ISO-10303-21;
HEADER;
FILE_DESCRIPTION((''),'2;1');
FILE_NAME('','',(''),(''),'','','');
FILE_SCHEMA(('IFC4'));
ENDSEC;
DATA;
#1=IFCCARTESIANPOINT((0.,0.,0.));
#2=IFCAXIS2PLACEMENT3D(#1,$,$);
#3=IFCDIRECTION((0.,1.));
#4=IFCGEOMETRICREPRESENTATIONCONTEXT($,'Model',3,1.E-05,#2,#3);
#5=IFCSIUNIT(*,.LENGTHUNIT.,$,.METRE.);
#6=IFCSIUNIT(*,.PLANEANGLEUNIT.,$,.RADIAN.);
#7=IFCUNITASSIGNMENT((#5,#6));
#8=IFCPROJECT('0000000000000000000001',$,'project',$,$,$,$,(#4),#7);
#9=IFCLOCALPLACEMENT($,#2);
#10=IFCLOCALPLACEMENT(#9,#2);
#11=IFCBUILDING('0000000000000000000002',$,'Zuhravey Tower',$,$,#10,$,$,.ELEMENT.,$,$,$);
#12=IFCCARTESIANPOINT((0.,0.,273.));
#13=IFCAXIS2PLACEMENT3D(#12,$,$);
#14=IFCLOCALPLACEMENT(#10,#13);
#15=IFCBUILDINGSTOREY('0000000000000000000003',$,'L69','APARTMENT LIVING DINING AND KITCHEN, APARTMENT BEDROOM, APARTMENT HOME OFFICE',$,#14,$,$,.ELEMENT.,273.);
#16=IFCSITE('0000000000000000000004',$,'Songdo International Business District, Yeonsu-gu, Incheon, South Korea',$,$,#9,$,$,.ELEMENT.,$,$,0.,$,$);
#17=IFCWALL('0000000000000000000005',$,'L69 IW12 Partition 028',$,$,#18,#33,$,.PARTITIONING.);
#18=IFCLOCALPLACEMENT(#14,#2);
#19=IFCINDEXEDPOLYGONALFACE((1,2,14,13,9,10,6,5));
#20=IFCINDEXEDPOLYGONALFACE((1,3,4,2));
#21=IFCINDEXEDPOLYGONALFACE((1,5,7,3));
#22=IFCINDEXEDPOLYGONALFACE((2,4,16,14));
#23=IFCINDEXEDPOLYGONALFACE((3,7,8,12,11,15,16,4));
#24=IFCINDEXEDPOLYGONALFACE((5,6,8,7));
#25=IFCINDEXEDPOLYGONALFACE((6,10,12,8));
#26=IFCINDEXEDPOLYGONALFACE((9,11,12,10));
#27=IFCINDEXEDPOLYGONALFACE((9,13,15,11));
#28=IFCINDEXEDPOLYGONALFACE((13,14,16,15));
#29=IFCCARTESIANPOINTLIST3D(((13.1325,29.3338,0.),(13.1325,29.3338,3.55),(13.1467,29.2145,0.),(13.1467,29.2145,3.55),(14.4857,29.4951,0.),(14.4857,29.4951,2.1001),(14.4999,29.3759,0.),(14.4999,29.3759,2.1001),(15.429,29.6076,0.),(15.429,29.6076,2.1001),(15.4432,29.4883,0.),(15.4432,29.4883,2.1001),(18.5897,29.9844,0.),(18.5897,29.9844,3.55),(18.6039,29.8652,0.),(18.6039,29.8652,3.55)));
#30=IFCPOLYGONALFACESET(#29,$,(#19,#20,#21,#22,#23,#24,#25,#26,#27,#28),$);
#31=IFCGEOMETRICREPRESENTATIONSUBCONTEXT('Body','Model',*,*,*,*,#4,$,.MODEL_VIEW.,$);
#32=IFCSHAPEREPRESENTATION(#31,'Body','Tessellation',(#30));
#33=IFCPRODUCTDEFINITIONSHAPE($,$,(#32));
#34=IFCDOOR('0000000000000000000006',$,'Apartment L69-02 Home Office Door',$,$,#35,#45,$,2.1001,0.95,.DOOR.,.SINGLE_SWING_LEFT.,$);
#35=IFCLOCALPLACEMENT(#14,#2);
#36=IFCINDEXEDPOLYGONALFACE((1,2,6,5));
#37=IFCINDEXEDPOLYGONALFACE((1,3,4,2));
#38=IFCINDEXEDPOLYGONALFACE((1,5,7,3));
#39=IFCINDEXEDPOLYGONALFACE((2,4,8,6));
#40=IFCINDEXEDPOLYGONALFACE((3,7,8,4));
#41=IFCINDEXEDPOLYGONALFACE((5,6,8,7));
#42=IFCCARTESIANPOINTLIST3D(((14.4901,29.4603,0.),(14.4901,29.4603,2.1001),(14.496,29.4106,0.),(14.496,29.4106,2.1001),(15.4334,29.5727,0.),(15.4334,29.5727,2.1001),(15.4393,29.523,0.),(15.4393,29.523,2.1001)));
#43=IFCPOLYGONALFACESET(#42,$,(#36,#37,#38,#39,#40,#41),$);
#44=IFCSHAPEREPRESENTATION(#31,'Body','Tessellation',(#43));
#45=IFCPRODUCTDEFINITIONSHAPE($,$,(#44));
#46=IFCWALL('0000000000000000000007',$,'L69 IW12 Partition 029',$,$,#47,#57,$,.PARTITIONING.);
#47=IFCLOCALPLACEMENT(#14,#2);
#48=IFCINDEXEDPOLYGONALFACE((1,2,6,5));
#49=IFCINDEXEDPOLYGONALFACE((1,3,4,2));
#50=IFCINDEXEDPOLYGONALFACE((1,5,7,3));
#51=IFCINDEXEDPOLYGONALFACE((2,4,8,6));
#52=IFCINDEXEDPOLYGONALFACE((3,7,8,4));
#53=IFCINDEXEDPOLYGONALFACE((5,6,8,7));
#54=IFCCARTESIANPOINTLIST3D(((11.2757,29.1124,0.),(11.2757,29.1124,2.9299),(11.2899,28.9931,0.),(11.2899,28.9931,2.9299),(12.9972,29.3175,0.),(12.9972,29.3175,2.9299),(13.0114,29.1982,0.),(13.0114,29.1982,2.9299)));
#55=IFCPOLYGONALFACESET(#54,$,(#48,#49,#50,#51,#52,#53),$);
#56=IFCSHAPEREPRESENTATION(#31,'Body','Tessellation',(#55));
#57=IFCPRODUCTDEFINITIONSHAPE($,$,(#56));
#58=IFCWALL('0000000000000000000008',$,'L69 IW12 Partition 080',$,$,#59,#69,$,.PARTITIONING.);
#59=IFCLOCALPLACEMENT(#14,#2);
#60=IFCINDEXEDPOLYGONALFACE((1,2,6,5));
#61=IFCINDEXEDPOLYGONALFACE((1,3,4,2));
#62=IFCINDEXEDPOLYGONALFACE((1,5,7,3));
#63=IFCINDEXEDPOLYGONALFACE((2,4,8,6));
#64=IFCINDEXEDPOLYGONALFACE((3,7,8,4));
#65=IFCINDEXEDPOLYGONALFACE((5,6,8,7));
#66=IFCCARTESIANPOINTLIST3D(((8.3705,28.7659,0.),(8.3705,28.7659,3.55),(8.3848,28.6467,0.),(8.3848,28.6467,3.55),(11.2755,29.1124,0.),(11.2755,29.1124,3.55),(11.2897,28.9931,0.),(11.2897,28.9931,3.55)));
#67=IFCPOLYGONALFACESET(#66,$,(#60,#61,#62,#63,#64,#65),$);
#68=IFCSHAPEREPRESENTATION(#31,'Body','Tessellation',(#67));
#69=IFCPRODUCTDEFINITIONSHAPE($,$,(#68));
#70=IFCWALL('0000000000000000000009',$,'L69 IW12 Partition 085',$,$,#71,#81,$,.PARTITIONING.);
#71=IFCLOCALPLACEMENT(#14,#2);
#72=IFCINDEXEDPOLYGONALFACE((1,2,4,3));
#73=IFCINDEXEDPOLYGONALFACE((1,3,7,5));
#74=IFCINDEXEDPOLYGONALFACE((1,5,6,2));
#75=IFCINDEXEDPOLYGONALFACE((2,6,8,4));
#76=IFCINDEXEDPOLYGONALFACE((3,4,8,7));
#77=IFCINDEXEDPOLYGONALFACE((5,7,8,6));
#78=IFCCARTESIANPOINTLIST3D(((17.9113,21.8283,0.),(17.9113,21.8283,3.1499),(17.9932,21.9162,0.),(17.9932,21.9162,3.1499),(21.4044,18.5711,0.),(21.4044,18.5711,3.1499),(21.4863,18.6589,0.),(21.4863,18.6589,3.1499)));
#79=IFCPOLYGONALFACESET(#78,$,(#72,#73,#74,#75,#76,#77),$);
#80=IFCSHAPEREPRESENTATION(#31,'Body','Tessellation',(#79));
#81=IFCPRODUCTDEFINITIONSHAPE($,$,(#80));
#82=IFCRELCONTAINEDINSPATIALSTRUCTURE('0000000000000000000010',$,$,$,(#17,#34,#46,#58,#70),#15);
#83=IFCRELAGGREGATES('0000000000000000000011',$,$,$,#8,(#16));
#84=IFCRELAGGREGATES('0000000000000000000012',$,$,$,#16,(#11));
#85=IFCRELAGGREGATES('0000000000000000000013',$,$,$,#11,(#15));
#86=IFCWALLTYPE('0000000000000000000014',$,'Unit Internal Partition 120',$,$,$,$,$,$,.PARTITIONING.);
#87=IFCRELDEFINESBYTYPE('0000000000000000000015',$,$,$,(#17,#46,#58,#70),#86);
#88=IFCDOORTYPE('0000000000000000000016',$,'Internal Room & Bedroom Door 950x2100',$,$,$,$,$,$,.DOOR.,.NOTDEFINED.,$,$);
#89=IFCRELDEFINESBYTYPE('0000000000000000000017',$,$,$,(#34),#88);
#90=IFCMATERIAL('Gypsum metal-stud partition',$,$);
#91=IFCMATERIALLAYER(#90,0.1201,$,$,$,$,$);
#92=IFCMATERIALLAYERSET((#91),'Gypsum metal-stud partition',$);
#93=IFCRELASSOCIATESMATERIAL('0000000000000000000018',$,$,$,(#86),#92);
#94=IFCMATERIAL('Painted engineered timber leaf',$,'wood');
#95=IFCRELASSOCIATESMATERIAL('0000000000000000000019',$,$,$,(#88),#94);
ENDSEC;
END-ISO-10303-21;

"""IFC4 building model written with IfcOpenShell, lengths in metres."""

from ifc_helpers import new_model, si_unit, direction, frame, frame_2d, origin, place, context, subcontext, project, spatial, rectangle, extrude, material, layer, layer_set, type_object, element, fill, save


model = new_model("IFC4")

# Units and contexts
model_context = context("Model", 3, precision=1e-05, world=origin(), true_north=direction((0.0, 1.0)))
body_context = subcontext(model_context, "Body", "Model", "MODEL_VIEW")
ifc_project = project(units=[si_unit("LENGTHUNIT", "METRE"), si_unit("PLANEANGLEUNIT", "RADIAN")], contexts=[model_context])

# Site, building, storey
site_placement = place(None, origin())
site = spatial("IfcSite", under=ifc_project, at=site_placement, Name="Songdo International Business District, Yeonsu-gu, Incheon, South Korea", CompositionType="ELEMENT", RefElevation=0.0)
building_placement = place(site_placement, origin())
building = spatial("IfcBuilding", under=site, at=building_placement, Name="Zuhravey Tower", CompositionType="ELEMENT")
storey_placement = place(building_placement, frame((0.0, 0.0, 273.0)))
storey = spatial("IfcBuildingStorey", under=building, at=storey_placement, Name="L69", Description="APARTMENT LIVING DINING AND KITCHEN, APARTMENT BEDROOM, APARTMENT HOME OFFICE", CompositionType="ELEMENT", Elevation=273.0)

# Wall, opening, door
ifc_material_1 = material(Name="Gypsum metal-stud partition")
ifc_layer_1 = layer(ifc_material_1, 0.1201)
ifc_layer_set_1 = layer_set([ifc_layer_1], Name="Gypsum metal-stud partition")
wall_type_1 = type_object("IfcWallType", Name="Unit Internal Partition 120", PredefinedType="PARTITIONING", material=ifc_layer_set_1)
ifc_material_2 = material(Name="Painted engineered timber leaf", Category="wood")
door_type_1 = type_object("IfcDoorType", Name="Internal Room & Bedroom Door 950x2100", OperationType="NOTDEFINED", PredefinedType="DOOR", material=ifc_material_2)
wall_1_placement = place(storey_placement, frame((18.5969, 29.9248, 0.0), z_axis=(0.0, 0.0, 1.0), x_axis=(-0.992968, -0.118385, 0.0)))
wall_1 = element("IfcWall", 1, at=wall_1_placement, inside=storey, type_object=wall_type_1, Name="L69 IW12 Partition 028", PredefinedType="PARTITIONING", context=body_context, shape_type="SweptSolid", body=[
    extrude(rectangle(XDim=5.4958, YDim=0.1201, at=frame_2d((2.748, 0.0))), origin(), (0.0, 0.0, 1.0), 3.55),
])
opening_1_placement = place(wall_1_placement, frame((3.1831, 0.0, 0.0)))
opening_1 = element("IfcOpeningElement", 2, at=opening_1_placement, cuts=wall_1, PredefinedType="OPENING", context=body_context, shape_type="SweptSolid", body=[
    extrude(rectangle(XDim=0.95, YDim=2.1001, at=frame_2d((0.4751, 1.05))), frame((0.0, 0.072, 0.0), z_axis=(0.0, -1.0, 0.0), x_axis=(1.0, 0.0, 0.0)), (0.0, 0.0, 1.0), 0.144),
])
door_1_placement = place(opening_1_placement, frame((0.95, 0.0, 0.0), z_axis=(0.0, 0.0, 1.0), x_axis=(-1.0, 0.0, 0.0)))
door_1 = element("IfcDoor", 3, at=door_1_placement, inside=storey, type_object=door_type_1, Name="Apartment L69-02 Home Office Door", OperationType="SINGLE_SWING_LEFT", OverallHeight=2.1001, OverallWidth=0.95, PredefinedType="DOOR", context=body_context, shape_type="SweptSolid", body=[
    extrude(rectangle(XDim=0.95, YDim=2.1001, at=frame_2d((0.4751, 1.05))), frame((0.0, 0.0249, 0.0), z_axis=(0.0, -1.0, 0.0), x_axis=(1.0, 0.0, 0.0)), (0.0, 0.0, 1.0), 0.05),
])
fill(opening_1, door_1)

# Walls
wall_2_placement = place(storey_placement, frame((13.0042, 29.2578, 0.0), z_axis=(0.0, 0.0, 1.0), x_axis=(-0.992978, -0.118296, 0.0)))
element("IfcWall", 4, at=wall_2_placement, inside=storey, type_object=wall_type_1, Name="L69 IW12 Partition 029", PredefinedType="PARTITIONING", context=body_context, shape_type="SweptSolid", body=[
    extrude(rectangle(XDim=1.7336, YDim=0.1201, at=frame_2d((0.8667, 0.0))), origin(), (0.0, 0.0, 1.0), 2.9299),
])
wall_3_placement = place(storey_placement, frame((11.2827, 29.0527, 0.0), z_axis=(0.0, 0.0, 1.0), x_axis=(-0.992964, -0.118415, 0.0)))
element("IfcWall", 5, at=wall_3_placement, inside=storey, type_object=wall_type_1, Name="L69 IW12 Partition 080", PredefinedType="PARTITIONING", context=body_context, shape_type="SweptSolid", body=[
    extrude(rectangle(XDim=2.9255, YDim=0.1201, at=frame_2d((1.4629, 0.0))), origin(), (0.0, 0.0, 1.0), 3.55),
])
wall_4_placement = place(storey_placement, frame((17.9521, 21.8723, 0.0), z_axis=(0.0, 0.0, 1.0), x_axis=(0.731365, -0.681987, 0.0)))
element("IfcWall", 6, at=wall_4_placement, inside=storey, type_object=wall_type_1, Name="L69 IW12 Partition 085", PredefinedType="PARTITIONING", context=body_context, shape_type="SweptSolid", body=[
    extrude(rectangle(XDim=4.7761, YDim=0.1201, at=frame_2d((2.3882, 0.0))), origin(), (0.0, 0.0, 1.0), 3.1499),
])

save(model, "model.ifc")
